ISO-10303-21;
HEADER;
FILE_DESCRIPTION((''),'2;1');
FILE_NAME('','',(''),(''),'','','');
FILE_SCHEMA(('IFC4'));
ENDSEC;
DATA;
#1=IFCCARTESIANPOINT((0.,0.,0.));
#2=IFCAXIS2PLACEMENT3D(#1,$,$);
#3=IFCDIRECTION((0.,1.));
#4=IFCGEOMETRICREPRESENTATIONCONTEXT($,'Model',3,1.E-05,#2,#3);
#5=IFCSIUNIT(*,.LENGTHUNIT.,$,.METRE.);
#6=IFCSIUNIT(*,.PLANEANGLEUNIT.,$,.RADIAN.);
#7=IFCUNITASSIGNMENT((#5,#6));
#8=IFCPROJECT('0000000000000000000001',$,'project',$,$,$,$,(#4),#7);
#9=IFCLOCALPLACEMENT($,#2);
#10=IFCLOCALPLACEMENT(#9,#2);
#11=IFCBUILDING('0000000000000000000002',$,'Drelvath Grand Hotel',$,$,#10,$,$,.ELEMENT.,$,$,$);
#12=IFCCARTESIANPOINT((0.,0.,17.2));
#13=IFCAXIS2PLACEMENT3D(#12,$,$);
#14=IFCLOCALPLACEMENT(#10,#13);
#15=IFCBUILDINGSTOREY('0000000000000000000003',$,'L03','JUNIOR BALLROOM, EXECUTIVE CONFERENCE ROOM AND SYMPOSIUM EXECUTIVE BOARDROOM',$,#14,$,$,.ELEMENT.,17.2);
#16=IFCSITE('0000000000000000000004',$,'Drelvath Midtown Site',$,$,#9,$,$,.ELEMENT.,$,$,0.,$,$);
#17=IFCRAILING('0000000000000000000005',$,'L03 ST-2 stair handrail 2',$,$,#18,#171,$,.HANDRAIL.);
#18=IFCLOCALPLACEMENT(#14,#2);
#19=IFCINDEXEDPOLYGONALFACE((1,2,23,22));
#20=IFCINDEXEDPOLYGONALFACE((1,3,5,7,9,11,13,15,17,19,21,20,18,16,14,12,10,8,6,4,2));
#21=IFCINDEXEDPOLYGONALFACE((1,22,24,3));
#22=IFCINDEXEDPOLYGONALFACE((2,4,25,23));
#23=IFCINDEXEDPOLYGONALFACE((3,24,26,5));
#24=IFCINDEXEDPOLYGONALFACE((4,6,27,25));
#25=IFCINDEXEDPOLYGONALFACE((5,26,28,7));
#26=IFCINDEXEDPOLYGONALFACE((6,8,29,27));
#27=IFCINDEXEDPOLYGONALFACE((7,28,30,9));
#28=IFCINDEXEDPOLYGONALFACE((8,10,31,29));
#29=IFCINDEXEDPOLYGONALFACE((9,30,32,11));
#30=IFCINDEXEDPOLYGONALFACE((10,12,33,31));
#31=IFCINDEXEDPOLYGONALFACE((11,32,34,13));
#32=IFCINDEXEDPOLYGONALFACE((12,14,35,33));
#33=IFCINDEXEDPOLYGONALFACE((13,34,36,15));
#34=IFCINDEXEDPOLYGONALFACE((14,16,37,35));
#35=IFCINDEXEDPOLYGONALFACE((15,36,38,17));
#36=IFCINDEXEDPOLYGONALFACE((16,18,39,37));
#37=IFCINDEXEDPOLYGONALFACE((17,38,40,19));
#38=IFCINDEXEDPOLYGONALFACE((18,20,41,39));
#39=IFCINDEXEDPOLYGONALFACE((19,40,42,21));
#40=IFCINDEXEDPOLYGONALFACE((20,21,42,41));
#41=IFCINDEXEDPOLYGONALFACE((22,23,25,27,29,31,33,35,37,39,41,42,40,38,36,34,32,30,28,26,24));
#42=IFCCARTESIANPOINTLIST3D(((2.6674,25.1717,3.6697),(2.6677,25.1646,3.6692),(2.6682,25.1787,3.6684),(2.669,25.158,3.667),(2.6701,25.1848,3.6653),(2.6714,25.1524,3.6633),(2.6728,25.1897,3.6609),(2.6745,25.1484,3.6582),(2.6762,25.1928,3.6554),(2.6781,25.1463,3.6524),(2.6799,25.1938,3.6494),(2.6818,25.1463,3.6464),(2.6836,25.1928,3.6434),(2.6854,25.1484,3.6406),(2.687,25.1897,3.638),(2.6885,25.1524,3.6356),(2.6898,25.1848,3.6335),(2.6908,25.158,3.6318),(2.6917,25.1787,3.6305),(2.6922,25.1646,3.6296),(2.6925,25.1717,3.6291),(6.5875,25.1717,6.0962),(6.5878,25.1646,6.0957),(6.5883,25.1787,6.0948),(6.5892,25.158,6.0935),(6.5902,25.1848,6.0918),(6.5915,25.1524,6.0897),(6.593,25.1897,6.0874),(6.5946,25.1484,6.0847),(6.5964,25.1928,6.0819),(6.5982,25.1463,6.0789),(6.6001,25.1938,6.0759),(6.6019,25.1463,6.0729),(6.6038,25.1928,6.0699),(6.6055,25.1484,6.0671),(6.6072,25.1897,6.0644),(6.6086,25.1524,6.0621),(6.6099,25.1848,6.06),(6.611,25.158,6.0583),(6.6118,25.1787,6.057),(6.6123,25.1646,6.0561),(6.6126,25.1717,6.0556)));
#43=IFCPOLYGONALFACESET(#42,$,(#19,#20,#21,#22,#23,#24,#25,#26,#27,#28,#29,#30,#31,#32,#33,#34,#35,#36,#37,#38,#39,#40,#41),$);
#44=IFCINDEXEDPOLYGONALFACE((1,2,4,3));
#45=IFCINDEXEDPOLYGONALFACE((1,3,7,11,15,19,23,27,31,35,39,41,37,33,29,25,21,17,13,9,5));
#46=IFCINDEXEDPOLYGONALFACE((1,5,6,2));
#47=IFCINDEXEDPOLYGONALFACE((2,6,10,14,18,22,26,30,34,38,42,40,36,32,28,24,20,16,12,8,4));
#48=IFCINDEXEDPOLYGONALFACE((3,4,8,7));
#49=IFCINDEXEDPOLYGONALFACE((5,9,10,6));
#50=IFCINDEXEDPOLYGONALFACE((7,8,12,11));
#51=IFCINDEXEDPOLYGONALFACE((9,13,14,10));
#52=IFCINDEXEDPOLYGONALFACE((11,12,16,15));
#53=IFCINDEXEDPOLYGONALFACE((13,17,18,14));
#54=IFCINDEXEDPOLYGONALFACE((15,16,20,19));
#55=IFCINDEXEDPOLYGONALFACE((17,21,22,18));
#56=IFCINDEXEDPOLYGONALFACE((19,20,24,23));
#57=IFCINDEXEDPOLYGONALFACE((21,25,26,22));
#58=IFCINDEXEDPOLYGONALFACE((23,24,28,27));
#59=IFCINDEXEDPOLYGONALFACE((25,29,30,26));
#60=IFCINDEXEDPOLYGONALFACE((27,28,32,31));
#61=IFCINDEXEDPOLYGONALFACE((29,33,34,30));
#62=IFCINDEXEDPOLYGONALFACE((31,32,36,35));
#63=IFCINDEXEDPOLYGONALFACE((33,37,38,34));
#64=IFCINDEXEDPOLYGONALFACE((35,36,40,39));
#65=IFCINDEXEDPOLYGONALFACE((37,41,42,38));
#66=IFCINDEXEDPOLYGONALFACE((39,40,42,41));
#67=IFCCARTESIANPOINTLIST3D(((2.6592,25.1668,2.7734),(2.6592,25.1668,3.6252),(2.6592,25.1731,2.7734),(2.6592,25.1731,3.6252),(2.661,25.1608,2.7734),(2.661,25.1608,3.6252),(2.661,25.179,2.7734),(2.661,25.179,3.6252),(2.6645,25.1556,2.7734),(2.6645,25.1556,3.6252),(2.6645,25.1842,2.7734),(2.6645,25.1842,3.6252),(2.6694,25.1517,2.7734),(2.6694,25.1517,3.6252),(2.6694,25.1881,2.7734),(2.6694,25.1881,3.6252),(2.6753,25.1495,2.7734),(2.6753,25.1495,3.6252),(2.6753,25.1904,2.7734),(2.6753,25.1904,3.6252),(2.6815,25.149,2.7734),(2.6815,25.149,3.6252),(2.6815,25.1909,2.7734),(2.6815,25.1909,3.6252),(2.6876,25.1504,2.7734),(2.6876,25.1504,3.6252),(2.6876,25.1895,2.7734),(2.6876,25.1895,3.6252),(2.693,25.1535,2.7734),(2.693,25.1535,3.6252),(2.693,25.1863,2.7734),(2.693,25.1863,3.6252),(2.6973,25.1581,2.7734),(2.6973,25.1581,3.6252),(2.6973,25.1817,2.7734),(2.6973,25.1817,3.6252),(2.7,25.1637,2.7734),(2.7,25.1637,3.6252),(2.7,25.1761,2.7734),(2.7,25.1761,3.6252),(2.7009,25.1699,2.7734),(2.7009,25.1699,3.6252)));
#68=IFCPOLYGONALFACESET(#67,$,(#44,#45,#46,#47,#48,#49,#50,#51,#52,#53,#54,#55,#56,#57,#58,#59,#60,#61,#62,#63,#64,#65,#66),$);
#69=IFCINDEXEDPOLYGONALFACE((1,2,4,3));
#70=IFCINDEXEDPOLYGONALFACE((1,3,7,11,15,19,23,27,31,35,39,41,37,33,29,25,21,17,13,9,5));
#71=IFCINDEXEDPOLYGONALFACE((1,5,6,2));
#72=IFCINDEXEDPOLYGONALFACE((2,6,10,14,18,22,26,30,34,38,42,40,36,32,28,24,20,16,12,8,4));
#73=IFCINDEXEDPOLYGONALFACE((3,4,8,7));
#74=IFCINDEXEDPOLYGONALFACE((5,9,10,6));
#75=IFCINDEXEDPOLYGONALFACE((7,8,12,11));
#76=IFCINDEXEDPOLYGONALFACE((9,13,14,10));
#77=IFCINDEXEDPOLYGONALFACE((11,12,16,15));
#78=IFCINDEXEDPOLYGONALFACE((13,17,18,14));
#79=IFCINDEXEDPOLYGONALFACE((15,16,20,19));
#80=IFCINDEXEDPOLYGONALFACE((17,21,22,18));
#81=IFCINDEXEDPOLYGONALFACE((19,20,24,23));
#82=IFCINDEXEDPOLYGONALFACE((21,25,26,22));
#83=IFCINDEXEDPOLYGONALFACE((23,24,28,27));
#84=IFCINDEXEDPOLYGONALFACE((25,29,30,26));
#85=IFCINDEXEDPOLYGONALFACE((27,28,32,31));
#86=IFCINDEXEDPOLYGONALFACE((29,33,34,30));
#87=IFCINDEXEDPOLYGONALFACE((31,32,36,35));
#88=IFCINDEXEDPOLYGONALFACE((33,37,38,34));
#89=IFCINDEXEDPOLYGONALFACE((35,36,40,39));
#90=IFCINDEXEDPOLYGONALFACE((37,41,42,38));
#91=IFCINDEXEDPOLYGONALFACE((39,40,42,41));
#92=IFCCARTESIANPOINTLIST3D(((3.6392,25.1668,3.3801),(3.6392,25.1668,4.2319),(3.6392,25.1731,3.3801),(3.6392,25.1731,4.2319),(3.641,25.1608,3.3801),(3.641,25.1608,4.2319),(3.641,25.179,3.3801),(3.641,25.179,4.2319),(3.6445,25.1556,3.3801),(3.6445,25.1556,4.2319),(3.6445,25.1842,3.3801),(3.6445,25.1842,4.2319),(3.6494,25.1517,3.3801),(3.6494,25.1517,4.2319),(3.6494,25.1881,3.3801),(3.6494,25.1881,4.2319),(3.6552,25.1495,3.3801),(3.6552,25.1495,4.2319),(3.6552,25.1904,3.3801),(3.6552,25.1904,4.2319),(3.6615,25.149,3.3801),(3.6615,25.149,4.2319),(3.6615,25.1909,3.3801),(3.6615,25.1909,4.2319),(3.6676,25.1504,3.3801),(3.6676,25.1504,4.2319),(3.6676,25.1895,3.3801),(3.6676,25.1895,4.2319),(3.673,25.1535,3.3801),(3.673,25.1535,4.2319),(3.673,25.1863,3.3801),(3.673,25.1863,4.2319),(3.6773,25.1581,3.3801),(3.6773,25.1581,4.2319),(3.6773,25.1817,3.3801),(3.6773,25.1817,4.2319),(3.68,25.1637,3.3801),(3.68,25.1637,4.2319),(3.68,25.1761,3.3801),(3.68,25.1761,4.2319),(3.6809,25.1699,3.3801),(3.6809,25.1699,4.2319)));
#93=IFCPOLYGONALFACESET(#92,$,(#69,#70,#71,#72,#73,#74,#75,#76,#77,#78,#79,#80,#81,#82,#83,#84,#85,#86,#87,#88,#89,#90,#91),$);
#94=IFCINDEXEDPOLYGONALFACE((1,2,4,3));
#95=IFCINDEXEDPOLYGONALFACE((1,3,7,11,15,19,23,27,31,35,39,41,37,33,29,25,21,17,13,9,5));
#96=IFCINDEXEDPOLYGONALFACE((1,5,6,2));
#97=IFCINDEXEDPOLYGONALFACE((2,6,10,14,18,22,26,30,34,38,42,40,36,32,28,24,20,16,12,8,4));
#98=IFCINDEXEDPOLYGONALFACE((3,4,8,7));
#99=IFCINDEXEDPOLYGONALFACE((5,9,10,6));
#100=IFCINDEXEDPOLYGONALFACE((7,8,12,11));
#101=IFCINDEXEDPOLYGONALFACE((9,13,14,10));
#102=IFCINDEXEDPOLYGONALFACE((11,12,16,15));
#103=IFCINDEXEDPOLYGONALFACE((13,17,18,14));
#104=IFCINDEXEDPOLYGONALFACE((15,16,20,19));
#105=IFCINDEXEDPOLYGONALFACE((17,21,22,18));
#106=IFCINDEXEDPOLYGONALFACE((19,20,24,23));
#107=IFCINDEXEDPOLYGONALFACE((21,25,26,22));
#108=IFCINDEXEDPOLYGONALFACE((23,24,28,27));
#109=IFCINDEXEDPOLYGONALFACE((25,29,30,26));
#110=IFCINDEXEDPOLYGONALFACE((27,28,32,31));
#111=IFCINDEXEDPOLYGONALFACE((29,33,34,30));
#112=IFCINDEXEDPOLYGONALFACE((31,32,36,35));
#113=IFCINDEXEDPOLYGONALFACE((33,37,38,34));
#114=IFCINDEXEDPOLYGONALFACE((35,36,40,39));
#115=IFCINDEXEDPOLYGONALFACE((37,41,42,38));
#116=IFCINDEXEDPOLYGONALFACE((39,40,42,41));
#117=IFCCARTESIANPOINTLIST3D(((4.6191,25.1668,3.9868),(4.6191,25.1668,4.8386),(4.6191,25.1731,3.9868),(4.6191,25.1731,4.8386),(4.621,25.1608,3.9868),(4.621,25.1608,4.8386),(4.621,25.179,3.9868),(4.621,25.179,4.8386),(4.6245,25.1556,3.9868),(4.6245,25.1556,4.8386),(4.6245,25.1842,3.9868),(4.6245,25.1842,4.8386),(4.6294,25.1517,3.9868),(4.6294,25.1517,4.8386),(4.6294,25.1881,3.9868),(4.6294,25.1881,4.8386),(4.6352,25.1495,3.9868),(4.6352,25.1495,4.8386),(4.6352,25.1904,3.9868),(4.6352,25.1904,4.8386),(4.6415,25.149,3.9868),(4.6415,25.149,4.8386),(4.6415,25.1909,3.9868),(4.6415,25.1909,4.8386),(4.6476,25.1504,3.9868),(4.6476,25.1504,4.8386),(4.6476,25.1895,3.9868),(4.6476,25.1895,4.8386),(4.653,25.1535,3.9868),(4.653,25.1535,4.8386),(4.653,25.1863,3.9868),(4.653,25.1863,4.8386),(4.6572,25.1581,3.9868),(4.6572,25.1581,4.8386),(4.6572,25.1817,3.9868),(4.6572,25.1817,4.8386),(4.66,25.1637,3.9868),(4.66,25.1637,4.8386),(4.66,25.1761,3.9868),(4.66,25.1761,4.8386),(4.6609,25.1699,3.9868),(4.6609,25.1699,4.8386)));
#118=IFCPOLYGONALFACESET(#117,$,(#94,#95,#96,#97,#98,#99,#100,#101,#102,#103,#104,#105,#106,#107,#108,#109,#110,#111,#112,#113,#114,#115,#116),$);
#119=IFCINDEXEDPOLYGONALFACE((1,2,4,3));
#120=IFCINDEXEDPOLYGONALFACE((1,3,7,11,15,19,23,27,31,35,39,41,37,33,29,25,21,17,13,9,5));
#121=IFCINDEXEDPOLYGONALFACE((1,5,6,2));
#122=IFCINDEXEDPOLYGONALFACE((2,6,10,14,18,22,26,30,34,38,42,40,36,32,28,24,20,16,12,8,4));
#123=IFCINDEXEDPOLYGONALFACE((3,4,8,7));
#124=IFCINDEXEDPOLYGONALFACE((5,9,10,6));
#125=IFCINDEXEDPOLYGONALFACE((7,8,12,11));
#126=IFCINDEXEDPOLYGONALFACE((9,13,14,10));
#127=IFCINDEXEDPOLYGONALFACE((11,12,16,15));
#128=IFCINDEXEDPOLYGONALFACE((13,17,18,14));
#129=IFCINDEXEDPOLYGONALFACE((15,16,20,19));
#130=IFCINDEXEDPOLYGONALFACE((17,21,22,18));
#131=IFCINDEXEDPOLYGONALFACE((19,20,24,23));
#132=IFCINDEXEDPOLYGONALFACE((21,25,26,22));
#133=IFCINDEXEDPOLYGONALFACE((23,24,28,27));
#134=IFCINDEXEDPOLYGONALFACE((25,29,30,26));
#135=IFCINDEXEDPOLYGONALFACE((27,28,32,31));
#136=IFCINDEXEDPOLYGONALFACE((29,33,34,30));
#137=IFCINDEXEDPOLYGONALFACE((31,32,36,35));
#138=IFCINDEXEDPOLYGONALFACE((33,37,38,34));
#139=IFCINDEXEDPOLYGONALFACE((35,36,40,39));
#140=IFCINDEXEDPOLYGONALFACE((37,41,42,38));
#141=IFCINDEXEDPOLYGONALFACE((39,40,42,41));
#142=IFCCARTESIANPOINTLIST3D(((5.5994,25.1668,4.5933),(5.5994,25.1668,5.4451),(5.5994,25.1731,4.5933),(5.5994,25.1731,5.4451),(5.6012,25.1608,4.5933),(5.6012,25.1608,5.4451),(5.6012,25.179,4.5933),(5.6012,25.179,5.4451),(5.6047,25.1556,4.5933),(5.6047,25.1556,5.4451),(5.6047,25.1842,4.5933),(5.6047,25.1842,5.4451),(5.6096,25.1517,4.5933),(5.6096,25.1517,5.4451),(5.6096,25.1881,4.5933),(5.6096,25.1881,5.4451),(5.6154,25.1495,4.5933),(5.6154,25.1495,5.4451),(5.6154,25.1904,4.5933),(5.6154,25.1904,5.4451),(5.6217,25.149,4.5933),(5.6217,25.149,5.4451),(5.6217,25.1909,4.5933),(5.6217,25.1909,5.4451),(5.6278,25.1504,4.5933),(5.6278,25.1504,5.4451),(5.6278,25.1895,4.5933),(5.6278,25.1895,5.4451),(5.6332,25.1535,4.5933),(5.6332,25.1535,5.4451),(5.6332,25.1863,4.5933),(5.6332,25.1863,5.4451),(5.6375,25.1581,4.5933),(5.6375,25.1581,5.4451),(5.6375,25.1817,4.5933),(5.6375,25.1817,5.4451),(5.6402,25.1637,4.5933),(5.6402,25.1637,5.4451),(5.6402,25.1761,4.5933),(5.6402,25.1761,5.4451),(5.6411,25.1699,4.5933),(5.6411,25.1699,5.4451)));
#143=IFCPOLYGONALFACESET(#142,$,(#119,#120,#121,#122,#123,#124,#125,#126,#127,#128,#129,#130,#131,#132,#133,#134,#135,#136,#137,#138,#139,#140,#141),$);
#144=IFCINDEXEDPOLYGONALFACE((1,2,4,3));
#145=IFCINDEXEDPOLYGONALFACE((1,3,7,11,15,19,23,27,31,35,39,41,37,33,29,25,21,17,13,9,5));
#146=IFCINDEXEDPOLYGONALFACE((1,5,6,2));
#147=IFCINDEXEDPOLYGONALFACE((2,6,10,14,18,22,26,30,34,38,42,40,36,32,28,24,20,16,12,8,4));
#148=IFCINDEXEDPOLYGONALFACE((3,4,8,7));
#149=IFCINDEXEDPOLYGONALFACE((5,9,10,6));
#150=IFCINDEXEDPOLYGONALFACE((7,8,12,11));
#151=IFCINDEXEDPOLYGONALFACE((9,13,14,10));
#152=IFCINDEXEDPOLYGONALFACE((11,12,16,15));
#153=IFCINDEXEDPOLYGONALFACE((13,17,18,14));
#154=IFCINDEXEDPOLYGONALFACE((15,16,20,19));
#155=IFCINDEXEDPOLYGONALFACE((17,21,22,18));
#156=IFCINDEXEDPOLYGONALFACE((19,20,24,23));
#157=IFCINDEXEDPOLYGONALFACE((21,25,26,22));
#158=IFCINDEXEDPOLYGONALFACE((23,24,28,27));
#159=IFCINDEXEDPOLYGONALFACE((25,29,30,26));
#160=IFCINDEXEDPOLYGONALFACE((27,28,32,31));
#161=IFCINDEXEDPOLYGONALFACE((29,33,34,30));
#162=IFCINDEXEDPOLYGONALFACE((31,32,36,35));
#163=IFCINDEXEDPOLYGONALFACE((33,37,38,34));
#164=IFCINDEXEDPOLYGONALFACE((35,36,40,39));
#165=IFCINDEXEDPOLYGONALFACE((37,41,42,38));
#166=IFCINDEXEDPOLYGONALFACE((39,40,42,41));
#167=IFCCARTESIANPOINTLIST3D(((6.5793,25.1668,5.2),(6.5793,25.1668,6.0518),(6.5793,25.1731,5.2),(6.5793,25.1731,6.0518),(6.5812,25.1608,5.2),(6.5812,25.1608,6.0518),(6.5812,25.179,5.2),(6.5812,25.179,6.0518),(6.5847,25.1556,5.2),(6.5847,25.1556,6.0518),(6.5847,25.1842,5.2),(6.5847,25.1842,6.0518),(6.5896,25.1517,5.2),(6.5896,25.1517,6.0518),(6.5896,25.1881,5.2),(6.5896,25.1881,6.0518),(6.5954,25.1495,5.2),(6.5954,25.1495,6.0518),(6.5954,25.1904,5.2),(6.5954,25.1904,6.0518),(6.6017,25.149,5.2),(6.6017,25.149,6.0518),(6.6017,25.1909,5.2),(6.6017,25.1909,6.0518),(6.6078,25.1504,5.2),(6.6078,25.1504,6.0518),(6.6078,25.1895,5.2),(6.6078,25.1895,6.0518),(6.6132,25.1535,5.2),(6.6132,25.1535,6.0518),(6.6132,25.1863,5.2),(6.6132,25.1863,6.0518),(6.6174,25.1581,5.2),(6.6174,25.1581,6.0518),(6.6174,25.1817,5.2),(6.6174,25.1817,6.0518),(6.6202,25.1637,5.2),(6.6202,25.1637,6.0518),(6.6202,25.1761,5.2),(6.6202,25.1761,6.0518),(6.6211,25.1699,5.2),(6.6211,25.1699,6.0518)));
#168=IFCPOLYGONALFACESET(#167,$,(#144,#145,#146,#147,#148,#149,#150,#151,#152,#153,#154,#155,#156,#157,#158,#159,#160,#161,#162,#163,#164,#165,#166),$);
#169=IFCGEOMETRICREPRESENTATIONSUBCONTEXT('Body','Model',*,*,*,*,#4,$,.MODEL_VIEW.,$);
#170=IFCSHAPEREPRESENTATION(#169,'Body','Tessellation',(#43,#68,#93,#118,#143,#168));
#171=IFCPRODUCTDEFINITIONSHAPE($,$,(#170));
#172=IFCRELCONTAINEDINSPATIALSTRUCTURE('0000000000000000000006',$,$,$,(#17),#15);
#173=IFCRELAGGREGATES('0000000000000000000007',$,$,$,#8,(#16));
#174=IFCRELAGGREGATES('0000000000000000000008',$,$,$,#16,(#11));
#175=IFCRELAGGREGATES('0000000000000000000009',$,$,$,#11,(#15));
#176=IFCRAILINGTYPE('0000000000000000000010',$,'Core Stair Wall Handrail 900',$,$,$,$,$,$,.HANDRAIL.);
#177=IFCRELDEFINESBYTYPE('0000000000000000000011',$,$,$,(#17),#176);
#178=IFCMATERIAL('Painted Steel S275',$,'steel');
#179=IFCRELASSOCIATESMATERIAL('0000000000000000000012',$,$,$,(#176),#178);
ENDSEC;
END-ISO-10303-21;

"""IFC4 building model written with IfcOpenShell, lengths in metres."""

from ifc_helpers import new_model, si_unit, direction, frame, origin, origin_2d, place, context, subcontext, project, spatial, circle, extrude, material, type_object, element, save


model = new_model("IFC4")

# Units and contexts
model_context = context("Model", 3, precision=1e-05, world=origin(), true_north=direction((0.0, 1.0)))
body_context = subcontext(model_context, "Body", "Model", "MODEL_VIEW")
ifc_project = project(units=[si_unit("LENGTHUNIT", "METRE"), si_unit("PLANEANGLEUNIT", "RADIAN")], contexts=[model_context])

# Site, building, storey
site_placement = place(None, origin())
site = spatial("IfcSite", under=ifc_project, at=site_placement, Name="Drelvath Midtown Site", CompositionType="ELEMENT", RefElevation=0.0)
building_placement = place(site_placement, origin())
building = spatial("IfcBuilding", under=site, at=building_placement, Name="Drelvath Grand Hotel", CompositionType="ELEMENT")
storey_placement = place(building_placement, frame((0.0, 0.0, 17.2)))
storey = spatial("IfcBuildingStorey", under=building, at=storey_placement, Name="L03", Description="JUNIOR BALLROOM, EXECUTIVE CONFERENCE ROOM AND SYMPOSIUM EXECUTIVE BOARDROOM", CompositionType="ELEMENT", Elevation=17.2)

# Shared definitions
ifc_material_1 = material(Name="Painted Steel S275", Category="steel")

# Railing
railing_type_1 = type_object("IfcRailingType", Name="Core Stair Wall Handrail 900", PredefinedType="HANDRAIL", material=ifc_material_1)
railing_1_placement = place(storey_placement, frame((2.6799, 25.1699, 2.7734)))
element("IfcRailing", 1, at=railing_1_placement, inside=storey, type_object=railing_type_1, Name="L03 ST-2 stair handrail 2", PredefinedType="HANDRAIL", context=body_context, shape_type="SweptSolid", body=[
    extrude(circle(Radius=0.0239, at=origin_2d()), frame((0.0, 0.0, 0.876), z_axis=(0.85029, 0.0, 0.526315), x_axis=(0.0, 1.0, 0.0)), (0.0, 0.0, 1.0), 4.6104),
    extrude(circle(Radius=0.021, at=origin_2d()), origin(), (0.0, 0.0, 1.0), 0.8518),
    extrude(circle(Radius=0.021, at=origin_2d()), frame((0.98, 0.0, 0.6067)), (0.0, 0.0, 1.0), 0.8518),
    extrude(circle(Radius=0.021, at=origin_2d()), frame((1.96, 0.0, 1.2134)), (0.0, 0.0, 1.0), 0.8518),
    extrude(circle(Radius=0.021, at=origin_2d()), frame((2.9402, 0.0, 1.8198)), (0.0, 0.0, 1.0), 0.8518),
    extrude(circle(Radius=0.021, at=origin_2d()), frame((3.9202, 0.0, 2.4265)), (0.0, 0.0, 1.0), 0.8518),
])

save(model, "model.ifc")
